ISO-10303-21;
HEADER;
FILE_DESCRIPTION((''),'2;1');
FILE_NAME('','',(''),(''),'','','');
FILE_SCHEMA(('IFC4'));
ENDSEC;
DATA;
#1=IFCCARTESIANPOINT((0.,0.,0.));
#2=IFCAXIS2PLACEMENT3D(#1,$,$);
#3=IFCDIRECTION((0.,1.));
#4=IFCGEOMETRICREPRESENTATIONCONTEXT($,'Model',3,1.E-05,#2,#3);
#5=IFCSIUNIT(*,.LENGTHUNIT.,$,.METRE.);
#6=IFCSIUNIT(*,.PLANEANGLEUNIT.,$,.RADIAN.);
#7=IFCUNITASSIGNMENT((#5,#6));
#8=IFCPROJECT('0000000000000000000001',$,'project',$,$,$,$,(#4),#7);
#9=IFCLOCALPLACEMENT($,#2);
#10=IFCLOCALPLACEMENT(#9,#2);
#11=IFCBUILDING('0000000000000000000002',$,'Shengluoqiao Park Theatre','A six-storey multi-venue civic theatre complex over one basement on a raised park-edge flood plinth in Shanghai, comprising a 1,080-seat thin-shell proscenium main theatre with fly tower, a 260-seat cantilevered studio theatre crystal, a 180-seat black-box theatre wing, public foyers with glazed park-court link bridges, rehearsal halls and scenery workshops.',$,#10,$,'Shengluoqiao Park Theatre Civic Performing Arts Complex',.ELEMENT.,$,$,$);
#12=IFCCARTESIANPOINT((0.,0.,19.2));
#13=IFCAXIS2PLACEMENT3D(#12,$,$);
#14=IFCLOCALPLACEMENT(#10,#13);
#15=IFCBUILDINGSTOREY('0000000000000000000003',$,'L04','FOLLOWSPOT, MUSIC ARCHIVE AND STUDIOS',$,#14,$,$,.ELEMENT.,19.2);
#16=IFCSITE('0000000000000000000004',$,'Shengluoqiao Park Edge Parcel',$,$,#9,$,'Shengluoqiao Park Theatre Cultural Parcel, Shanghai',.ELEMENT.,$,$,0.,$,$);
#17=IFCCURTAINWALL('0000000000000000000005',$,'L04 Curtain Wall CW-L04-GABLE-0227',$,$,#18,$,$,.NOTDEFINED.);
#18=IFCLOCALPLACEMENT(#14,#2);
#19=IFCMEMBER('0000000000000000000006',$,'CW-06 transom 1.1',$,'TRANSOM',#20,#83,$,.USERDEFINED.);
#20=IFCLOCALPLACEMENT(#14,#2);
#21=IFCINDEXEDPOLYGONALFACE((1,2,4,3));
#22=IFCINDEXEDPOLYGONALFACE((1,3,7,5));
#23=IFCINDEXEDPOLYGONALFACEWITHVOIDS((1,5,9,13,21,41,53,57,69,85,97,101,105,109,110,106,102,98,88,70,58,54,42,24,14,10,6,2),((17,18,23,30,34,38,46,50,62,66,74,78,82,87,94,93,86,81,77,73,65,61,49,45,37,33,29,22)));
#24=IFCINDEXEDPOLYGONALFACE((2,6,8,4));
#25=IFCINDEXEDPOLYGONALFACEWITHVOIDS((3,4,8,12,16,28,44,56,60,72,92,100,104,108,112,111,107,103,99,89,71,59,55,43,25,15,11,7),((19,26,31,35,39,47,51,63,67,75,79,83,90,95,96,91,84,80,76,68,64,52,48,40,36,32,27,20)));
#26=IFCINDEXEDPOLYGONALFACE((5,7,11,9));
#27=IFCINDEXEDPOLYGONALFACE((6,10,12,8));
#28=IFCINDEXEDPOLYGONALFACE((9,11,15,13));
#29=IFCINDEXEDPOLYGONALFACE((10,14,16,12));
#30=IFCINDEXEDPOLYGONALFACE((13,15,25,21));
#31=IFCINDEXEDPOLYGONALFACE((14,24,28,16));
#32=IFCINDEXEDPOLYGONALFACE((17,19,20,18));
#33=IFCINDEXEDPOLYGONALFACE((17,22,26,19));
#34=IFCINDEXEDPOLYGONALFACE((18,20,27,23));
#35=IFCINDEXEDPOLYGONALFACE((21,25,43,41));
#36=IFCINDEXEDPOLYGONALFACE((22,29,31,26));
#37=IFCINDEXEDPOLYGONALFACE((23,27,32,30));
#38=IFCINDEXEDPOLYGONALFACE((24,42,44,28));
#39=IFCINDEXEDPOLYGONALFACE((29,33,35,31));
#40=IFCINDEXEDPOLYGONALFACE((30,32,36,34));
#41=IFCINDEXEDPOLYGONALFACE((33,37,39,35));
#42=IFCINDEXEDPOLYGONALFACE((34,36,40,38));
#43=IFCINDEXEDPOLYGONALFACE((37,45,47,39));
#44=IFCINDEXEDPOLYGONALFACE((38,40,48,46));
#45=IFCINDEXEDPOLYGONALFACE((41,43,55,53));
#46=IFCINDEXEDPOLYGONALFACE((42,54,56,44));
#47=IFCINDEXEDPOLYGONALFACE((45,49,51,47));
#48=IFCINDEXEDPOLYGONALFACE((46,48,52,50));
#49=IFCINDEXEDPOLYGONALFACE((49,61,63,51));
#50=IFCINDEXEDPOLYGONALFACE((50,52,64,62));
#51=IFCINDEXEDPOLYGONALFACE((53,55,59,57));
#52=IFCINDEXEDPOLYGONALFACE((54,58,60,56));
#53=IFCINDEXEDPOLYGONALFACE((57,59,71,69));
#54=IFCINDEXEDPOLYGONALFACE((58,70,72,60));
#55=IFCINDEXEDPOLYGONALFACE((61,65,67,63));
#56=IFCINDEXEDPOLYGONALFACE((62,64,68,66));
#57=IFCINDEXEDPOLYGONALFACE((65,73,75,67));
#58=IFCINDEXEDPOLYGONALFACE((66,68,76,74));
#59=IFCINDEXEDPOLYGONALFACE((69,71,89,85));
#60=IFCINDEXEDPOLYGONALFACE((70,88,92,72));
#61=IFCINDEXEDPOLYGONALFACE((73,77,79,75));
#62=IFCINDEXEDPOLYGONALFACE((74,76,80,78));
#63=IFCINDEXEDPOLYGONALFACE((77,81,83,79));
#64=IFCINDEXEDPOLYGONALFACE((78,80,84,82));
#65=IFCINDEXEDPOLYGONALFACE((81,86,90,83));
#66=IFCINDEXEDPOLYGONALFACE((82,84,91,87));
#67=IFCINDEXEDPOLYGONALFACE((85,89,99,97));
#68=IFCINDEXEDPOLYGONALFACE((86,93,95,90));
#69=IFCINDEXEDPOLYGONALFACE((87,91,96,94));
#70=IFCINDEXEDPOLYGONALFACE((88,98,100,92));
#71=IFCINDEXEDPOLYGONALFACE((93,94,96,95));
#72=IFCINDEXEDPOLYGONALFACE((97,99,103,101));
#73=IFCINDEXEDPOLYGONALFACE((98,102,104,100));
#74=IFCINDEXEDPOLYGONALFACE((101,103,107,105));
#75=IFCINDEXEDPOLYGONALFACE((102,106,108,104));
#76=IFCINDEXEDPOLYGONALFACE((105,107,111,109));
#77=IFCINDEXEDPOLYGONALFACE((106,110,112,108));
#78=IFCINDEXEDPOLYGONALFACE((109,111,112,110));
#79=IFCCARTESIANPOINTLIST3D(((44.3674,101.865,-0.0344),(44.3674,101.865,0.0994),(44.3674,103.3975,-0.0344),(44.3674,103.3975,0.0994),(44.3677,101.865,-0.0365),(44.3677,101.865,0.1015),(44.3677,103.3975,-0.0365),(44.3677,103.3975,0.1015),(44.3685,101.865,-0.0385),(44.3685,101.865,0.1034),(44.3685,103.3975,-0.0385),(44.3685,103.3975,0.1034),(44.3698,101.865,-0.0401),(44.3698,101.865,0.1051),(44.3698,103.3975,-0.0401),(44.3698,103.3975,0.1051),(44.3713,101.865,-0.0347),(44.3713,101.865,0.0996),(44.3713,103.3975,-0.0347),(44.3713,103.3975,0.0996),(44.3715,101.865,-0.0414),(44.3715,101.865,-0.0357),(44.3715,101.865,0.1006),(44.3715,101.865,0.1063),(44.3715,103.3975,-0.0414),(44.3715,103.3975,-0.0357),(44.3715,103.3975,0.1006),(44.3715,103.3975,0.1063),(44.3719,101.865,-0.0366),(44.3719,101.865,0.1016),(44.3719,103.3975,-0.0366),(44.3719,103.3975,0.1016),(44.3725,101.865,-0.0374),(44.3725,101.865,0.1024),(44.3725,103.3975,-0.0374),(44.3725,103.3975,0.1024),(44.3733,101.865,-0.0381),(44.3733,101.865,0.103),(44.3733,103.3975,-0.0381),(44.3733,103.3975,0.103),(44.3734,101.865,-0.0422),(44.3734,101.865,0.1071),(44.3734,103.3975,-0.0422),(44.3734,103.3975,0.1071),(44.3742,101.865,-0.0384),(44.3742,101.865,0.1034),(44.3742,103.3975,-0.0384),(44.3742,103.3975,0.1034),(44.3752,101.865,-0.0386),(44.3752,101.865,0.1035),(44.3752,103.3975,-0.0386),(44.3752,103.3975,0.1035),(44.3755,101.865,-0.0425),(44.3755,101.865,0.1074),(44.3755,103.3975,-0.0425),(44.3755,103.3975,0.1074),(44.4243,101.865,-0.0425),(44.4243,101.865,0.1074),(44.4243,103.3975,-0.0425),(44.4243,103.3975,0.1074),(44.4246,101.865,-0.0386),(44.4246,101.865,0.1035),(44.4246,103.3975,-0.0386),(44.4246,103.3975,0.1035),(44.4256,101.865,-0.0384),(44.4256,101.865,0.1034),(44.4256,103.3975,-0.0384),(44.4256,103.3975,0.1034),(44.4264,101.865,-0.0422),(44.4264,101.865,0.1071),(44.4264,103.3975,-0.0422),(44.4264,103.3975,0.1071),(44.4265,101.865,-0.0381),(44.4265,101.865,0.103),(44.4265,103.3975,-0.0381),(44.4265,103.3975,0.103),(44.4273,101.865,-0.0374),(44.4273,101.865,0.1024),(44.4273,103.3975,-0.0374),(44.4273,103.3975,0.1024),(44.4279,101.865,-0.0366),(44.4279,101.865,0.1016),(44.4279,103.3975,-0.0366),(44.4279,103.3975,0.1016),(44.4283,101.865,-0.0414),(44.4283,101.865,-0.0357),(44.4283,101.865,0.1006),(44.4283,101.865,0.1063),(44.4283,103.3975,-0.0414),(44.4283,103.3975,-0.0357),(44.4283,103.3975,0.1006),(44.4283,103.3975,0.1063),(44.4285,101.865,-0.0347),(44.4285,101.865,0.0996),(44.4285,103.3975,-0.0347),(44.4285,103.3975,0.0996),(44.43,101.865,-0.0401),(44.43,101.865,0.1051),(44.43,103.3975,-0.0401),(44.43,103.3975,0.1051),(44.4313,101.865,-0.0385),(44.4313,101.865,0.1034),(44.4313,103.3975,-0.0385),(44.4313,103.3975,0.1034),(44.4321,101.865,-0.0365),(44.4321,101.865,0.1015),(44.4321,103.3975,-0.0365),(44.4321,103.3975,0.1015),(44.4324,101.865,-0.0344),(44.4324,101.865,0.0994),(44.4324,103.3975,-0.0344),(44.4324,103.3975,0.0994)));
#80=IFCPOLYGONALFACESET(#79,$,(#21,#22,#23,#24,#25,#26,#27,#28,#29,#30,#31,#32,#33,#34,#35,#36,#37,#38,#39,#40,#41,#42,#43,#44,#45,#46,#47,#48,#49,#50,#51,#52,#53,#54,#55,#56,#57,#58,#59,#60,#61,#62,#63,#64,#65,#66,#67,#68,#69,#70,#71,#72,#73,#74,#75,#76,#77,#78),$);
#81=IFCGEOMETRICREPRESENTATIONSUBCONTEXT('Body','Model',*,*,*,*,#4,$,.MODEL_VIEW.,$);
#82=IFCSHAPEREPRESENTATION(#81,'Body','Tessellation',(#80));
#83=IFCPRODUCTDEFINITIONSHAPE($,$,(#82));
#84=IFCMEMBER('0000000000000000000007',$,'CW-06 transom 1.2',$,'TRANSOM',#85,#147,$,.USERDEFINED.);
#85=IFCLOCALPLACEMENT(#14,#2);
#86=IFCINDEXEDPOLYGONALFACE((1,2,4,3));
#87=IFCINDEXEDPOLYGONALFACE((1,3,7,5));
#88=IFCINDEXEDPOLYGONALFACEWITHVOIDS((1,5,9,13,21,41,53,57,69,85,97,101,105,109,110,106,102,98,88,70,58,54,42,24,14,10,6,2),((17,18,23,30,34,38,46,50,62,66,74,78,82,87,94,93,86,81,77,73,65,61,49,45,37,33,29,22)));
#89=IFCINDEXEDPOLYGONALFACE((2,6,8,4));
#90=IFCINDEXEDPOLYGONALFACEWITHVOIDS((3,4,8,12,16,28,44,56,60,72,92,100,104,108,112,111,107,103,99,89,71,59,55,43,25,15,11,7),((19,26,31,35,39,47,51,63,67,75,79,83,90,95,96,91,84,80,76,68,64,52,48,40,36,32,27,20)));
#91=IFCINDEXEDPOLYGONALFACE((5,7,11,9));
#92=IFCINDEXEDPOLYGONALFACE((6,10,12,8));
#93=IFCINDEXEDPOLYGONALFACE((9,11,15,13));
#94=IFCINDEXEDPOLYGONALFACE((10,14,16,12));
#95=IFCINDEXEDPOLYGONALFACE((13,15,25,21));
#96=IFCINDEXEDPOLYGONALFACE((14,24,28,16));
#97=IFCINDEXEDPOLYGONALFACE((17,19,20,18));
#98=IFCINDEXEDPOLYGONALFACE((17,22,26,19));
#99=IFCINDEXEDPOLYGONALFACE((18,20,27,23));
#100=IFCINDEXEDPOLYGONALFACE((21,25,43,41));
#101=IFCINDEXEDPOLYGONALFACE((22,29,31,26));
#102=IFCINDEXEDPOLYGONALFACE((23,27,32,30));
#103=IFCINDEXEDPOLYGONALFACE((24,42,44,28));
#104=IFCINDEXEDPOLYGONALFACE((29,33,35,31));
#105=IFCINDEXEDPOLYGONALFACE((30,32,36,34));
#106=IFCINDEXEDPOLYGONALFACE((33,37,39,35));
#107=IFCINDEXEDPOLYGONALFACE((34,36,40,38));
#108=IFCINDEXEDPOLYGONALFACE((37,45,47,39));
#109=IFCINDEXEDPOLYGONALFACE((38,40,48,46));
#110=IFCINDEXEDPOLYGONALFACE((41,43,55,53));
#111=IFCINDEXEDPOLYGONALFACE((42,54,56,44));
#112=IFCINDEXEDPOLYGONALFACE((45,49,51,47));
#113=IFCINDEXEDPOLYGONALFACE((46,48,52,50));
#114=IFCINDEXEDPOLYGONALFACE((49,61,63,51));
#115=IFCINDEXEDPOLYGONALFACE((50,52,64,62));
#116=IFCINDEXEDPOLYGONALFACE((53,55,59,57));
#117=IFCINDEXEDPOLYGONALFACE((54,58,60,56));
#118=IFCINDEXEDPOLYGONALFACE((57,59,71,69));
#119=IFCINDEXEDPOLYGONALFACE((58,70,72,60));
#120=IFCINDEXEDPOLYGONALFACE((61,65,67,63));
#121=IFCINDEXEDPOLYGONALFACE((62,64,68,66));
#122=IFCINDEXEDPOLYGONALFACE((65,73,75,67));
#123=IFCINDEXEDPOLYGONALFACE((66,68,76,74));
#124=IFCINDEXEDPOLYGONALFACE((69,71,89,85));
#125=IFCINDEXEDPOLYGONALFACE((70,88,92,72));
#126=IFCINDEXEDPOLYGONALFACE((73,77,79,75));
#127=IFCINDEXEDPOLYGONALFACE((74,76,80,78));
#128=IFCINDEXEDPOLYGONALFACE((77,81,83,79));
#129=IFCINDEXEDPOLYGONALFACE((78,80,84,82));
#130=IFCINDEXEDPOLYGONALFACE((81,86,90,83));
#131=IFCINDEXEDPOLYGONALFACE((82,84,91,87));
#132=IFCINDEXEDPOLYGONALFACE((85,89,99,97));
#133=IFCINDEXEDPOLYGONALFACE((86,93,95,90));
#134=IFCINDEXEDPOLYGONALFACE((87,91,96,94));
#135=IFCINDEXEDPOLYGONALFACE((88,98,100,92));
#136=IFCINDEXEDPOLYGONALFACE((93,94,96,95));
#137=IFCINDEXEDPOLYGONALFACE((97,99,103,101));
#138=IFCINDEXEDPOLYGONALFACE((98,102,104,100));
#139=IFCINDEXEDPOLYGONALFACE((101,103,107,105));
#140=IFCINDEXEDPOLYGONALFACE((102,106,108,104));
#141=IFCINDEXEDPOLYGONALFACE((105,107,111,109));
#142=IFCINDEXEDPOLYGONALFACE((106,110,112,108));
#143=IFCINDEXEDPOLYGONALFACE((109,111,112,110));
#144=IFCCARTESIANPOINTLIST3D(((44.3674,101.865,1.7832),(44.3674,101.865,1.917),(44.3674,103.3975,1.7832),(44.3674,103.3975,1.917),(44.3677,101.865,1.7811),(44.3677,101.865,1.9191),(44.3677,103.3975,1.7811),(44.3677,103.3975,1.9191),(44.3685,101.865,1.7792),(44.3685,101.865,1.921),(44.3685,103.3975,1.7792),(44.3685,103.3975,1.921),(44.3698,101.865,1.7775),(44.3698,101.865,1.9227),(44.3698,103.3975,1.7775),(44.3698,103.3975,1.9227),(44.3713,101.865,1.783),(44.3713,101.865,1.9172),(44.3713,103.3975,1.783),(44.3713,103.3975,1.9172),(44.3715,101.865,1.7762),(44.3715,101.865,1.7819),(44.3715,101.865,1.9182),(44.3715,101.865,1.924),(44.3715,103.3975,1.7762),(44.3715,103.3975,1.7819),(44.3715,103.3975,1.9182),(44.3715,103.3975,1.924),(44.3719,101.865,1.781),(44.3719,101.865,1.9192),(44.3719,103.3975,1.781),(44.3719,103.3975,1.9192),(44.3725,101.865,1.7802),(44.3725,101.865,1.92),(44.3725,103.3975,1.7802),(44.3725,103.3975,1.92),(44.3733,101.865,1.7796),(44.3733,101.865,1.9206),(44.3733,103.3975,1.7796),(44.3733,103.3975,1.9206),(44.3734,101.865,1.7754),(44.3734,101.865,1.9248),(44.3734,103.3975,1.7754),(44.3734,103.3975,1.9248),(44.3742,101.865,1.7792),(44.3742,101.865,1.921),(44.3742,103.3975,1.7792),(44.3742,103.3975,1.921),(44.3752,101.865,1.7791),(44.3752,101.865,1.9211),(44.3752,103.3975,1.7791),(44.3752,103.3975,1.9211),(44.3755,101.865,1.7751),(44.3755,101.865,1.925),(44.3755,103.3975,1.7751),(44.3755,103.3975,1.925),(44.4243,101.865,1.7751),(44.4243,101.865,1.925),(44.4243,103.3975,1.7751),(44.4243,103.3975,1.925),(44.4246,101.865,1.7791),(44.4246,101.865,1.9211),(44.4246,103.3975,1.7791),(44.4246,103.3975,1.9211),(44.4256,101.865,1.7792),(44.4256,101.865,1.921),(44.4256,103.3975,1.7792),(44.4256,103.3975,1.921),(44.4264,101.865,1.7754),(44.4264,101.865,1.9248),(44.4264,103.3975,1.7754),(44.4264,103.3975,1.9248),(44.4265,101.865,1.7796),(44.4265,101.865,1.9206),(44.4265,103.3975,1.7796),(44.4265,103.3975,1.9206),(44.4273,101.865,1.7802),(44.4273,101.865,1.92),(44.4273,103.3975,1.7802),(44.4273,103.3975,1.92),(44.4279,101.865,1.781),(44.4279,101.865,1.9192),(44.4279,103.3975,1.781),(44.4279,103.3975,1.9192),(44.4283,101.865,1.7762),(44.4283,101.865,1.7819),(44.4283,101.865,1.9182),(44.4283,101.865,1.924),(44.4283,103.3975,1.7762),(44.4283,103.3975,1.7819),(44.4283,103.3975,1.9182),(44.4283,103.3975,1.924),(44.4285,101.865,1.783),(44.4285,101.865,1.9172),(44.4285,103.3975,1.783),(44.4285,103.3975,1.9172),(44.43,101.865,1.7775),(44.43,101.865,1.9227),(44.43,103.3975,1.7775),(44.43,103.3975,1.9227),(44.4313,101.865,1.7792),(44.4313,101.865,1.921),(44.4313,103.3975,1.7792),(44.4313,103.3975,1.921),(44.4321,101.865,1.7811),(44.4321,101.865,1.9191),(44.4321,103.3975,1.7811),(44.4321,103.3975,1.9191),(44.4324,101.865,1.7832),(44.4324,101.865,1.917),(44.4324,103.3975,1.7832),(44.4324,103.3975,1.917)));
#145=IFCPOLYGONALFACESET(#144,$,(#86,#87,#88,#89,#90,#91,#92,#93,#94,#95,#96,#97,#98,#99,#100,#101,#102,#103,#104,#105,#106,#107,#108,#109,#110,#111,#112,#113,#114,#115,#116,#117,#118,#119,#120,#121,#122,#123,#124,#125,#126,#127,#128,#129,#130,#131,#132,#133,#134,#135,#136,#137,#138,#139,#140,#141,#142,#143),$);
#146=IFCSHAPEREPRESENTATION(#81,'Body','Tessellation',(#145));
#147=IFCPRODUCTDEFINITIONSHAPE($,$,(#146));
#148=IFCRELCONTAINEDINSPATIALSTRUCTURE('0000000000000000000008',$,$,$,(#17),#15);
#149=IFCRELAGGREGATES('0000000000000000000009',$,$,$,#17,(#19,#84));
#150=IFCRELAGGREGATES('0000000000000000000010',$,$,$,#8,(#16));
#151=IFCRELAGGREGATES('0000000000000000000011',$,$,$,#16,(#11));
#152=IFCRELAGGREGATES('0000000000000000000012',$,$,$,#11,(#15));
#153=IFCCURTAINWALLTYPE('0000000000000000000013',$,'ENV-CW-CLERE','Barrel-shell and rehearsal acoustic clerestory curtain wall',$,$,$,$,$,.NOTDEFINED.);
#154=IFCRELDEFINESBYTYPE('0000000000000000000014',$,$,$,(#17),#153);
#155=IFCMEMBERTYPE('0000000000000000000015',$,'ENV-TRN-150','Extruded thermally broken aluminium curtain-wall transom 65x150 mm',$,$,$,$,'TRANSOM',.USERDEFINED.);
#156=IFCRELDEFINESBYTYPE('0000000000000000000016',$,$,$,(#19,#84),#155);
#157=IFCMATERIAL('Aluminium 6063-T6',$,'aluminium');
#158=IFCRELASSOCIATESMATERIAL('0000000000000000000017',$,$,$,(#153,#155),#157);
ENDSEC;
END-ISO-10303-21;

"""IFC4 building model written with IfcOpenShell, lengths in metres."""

from ifc_helpers import new_model, si_unit, direction, frame, origin, origin_2d, place, context, subcontext, project, spatial, hollow_rectangle, extrude, material, material_profile, profile_set, type_object, element, aggregate, save


model = new_model("IFC4")

# Units and contexts
model_context = context("Model", 3, precision=1e-05, world=origin(), true_north=direction((0.0, 1.0)))
body_context = subcontext(model_context, "Body", "Model", "MODEL_VIEW")
ifc_project = project(units=[si_unit("LENGTHUNIT", "METRE"), si_unit("PLANEANGLEUNIT", "RADIAN")], contexts=[model_context])

# Site, building, storey
site_placement = place(None, origin())
site = spatial("IfcSite", under=ifc_project, at=site_placement, Name="Shengluoqiao Park Edge Parcel", LongName="Shengluoqiao Park Theatre Cultural Parcel, Shanghai", CompositionType="ELEMENT", RefElevation=0.0)
building_placement = place(site_placement, origin())
building = spatial("IfcBuilding", under=site, at=building_placement, Name="Shengluoqiao Park Theatre", Description="A six-storey multi-venue civic theatre complex over one basement on a raised park-edge flood plinth in Shanghai, comprising a 1,080-seat thin-shell proscenium main theatre with fly tower, a 260-seat cantilevered studio theatre crystal, a 180-seat black-box theatre wing, public foyers with glazed park-court link bridges, rehearsal halls and scenery workshops.", LongName="Shengluoqiao Park Theatre Civic Performing Arts Complex", CompositionType="ELEMENT")
storey_placement = place(building_placement, frame((0.0, 0.0, 19.2)))
storey = spatial("IfcBuildingStorey", under=building, at=storey_placement, Name="L04", Description="FOLLOWSPOT, MUSIC ARCHIVE AND STUDIOS", CompositionType="ELEMENT", Elevation=19.2)

# Curtain wall
ifc_material_1 = material(Name="Aluminium 6063-T6", Category="aluminium")
curtain_wall_type = type_object("IfcCurtainWallType", Name="ENV-CW-CLERE", Description="Barrel-shell and rehearsal acoustic clerestory curtain wall", PredefinedType="NOTDEFINED", material=ifc_material_1)
curtain_wall_1_placement = place(storey_placement, origin())
curtain_wall_1 = element("IfcCurtainWall", 1, at=curtain_wall_1_placement, inside=storey, type_object=curtain_wall_type, Name="L04 Curtain Wall CW-L04-GABLE-0227", PredefinedType="NOTDEFINED")

# Members
ifc_material_profile_1 = material_profile(ifc_material_1, hollow_rectangle(XDim=0.0649, YDim=0.1499, WallThickness=0.0039, InnerFilletRadius=0.0039, OuterFilletRadius=0.0081, at=origin_2d()), Name="ALU TRANSOM 150x65x4")
ifc_profile_set_1 = profile_set([ifc_material_profile_1], Name="Aluminium 6063-T6")
member_type_1 = type_object("IfcMemberType", Name="ENV-TRN-150", Description="Extruded thermally broken aluminium curtain-wall transom 65x150 mm", ElementType="TRANSOM", PredefinedType="USERDEFINED", material=ifc_profile_set_1)
member_1_placement = place(storey_placement, frame((44.3999, 101.865, 0.0325), z_axis=(0.0, 1.0, 0.0), x_axis=(-1.0, 0.0, 0.0)))
member_1 = element("IfcMember", 2, at=member_1_placement, type_object=member_type_1, Name="CW-06 transom 1.1", ObjectType="TRANSOM", PredefinedType="USERDEFINED", context=body_context, shape_type="SweptSolid", body=[
    extrude(hollow_rectangle(XDim=0.0649, YDim=0.1499, WallThickness=0.0039, InnerFilletRadius=0.0039, OuterFilletRadius=0.0081, at=origin_2d()), origin(), (0.0, 0.0, 1.0), 1.5325),
])
member_2_placement = place(storey_placement, frame((44.3999, 101.865, 1.8501), z_axis=(0.0, 1.0, 0.0), x_axis=(-1.0, 0.0, 0.0)))
member_2 = element("IfcMember", 3, at=member_2_placement, type_object=member_type_1, Name="CW-06 transom 1.2", ObjectType="TRANSOM", PredefinedType="USERDEFINED", context=body_context, shape_type="SweptSolid", body=[
    extrude(hollow_rectangle(XDim=0.0649, YDim=0.1499, WallThickness=0.0039, InnerFilletRadius=0.0039, OuterFilletRadius=0.0081, at=origin_2d()), origin(), (0.0, 0.0, 1.0), 1.5325),
])

aggregate(curtain_wall_1, [member_1, member_2])

save(model, "model.ifc")
